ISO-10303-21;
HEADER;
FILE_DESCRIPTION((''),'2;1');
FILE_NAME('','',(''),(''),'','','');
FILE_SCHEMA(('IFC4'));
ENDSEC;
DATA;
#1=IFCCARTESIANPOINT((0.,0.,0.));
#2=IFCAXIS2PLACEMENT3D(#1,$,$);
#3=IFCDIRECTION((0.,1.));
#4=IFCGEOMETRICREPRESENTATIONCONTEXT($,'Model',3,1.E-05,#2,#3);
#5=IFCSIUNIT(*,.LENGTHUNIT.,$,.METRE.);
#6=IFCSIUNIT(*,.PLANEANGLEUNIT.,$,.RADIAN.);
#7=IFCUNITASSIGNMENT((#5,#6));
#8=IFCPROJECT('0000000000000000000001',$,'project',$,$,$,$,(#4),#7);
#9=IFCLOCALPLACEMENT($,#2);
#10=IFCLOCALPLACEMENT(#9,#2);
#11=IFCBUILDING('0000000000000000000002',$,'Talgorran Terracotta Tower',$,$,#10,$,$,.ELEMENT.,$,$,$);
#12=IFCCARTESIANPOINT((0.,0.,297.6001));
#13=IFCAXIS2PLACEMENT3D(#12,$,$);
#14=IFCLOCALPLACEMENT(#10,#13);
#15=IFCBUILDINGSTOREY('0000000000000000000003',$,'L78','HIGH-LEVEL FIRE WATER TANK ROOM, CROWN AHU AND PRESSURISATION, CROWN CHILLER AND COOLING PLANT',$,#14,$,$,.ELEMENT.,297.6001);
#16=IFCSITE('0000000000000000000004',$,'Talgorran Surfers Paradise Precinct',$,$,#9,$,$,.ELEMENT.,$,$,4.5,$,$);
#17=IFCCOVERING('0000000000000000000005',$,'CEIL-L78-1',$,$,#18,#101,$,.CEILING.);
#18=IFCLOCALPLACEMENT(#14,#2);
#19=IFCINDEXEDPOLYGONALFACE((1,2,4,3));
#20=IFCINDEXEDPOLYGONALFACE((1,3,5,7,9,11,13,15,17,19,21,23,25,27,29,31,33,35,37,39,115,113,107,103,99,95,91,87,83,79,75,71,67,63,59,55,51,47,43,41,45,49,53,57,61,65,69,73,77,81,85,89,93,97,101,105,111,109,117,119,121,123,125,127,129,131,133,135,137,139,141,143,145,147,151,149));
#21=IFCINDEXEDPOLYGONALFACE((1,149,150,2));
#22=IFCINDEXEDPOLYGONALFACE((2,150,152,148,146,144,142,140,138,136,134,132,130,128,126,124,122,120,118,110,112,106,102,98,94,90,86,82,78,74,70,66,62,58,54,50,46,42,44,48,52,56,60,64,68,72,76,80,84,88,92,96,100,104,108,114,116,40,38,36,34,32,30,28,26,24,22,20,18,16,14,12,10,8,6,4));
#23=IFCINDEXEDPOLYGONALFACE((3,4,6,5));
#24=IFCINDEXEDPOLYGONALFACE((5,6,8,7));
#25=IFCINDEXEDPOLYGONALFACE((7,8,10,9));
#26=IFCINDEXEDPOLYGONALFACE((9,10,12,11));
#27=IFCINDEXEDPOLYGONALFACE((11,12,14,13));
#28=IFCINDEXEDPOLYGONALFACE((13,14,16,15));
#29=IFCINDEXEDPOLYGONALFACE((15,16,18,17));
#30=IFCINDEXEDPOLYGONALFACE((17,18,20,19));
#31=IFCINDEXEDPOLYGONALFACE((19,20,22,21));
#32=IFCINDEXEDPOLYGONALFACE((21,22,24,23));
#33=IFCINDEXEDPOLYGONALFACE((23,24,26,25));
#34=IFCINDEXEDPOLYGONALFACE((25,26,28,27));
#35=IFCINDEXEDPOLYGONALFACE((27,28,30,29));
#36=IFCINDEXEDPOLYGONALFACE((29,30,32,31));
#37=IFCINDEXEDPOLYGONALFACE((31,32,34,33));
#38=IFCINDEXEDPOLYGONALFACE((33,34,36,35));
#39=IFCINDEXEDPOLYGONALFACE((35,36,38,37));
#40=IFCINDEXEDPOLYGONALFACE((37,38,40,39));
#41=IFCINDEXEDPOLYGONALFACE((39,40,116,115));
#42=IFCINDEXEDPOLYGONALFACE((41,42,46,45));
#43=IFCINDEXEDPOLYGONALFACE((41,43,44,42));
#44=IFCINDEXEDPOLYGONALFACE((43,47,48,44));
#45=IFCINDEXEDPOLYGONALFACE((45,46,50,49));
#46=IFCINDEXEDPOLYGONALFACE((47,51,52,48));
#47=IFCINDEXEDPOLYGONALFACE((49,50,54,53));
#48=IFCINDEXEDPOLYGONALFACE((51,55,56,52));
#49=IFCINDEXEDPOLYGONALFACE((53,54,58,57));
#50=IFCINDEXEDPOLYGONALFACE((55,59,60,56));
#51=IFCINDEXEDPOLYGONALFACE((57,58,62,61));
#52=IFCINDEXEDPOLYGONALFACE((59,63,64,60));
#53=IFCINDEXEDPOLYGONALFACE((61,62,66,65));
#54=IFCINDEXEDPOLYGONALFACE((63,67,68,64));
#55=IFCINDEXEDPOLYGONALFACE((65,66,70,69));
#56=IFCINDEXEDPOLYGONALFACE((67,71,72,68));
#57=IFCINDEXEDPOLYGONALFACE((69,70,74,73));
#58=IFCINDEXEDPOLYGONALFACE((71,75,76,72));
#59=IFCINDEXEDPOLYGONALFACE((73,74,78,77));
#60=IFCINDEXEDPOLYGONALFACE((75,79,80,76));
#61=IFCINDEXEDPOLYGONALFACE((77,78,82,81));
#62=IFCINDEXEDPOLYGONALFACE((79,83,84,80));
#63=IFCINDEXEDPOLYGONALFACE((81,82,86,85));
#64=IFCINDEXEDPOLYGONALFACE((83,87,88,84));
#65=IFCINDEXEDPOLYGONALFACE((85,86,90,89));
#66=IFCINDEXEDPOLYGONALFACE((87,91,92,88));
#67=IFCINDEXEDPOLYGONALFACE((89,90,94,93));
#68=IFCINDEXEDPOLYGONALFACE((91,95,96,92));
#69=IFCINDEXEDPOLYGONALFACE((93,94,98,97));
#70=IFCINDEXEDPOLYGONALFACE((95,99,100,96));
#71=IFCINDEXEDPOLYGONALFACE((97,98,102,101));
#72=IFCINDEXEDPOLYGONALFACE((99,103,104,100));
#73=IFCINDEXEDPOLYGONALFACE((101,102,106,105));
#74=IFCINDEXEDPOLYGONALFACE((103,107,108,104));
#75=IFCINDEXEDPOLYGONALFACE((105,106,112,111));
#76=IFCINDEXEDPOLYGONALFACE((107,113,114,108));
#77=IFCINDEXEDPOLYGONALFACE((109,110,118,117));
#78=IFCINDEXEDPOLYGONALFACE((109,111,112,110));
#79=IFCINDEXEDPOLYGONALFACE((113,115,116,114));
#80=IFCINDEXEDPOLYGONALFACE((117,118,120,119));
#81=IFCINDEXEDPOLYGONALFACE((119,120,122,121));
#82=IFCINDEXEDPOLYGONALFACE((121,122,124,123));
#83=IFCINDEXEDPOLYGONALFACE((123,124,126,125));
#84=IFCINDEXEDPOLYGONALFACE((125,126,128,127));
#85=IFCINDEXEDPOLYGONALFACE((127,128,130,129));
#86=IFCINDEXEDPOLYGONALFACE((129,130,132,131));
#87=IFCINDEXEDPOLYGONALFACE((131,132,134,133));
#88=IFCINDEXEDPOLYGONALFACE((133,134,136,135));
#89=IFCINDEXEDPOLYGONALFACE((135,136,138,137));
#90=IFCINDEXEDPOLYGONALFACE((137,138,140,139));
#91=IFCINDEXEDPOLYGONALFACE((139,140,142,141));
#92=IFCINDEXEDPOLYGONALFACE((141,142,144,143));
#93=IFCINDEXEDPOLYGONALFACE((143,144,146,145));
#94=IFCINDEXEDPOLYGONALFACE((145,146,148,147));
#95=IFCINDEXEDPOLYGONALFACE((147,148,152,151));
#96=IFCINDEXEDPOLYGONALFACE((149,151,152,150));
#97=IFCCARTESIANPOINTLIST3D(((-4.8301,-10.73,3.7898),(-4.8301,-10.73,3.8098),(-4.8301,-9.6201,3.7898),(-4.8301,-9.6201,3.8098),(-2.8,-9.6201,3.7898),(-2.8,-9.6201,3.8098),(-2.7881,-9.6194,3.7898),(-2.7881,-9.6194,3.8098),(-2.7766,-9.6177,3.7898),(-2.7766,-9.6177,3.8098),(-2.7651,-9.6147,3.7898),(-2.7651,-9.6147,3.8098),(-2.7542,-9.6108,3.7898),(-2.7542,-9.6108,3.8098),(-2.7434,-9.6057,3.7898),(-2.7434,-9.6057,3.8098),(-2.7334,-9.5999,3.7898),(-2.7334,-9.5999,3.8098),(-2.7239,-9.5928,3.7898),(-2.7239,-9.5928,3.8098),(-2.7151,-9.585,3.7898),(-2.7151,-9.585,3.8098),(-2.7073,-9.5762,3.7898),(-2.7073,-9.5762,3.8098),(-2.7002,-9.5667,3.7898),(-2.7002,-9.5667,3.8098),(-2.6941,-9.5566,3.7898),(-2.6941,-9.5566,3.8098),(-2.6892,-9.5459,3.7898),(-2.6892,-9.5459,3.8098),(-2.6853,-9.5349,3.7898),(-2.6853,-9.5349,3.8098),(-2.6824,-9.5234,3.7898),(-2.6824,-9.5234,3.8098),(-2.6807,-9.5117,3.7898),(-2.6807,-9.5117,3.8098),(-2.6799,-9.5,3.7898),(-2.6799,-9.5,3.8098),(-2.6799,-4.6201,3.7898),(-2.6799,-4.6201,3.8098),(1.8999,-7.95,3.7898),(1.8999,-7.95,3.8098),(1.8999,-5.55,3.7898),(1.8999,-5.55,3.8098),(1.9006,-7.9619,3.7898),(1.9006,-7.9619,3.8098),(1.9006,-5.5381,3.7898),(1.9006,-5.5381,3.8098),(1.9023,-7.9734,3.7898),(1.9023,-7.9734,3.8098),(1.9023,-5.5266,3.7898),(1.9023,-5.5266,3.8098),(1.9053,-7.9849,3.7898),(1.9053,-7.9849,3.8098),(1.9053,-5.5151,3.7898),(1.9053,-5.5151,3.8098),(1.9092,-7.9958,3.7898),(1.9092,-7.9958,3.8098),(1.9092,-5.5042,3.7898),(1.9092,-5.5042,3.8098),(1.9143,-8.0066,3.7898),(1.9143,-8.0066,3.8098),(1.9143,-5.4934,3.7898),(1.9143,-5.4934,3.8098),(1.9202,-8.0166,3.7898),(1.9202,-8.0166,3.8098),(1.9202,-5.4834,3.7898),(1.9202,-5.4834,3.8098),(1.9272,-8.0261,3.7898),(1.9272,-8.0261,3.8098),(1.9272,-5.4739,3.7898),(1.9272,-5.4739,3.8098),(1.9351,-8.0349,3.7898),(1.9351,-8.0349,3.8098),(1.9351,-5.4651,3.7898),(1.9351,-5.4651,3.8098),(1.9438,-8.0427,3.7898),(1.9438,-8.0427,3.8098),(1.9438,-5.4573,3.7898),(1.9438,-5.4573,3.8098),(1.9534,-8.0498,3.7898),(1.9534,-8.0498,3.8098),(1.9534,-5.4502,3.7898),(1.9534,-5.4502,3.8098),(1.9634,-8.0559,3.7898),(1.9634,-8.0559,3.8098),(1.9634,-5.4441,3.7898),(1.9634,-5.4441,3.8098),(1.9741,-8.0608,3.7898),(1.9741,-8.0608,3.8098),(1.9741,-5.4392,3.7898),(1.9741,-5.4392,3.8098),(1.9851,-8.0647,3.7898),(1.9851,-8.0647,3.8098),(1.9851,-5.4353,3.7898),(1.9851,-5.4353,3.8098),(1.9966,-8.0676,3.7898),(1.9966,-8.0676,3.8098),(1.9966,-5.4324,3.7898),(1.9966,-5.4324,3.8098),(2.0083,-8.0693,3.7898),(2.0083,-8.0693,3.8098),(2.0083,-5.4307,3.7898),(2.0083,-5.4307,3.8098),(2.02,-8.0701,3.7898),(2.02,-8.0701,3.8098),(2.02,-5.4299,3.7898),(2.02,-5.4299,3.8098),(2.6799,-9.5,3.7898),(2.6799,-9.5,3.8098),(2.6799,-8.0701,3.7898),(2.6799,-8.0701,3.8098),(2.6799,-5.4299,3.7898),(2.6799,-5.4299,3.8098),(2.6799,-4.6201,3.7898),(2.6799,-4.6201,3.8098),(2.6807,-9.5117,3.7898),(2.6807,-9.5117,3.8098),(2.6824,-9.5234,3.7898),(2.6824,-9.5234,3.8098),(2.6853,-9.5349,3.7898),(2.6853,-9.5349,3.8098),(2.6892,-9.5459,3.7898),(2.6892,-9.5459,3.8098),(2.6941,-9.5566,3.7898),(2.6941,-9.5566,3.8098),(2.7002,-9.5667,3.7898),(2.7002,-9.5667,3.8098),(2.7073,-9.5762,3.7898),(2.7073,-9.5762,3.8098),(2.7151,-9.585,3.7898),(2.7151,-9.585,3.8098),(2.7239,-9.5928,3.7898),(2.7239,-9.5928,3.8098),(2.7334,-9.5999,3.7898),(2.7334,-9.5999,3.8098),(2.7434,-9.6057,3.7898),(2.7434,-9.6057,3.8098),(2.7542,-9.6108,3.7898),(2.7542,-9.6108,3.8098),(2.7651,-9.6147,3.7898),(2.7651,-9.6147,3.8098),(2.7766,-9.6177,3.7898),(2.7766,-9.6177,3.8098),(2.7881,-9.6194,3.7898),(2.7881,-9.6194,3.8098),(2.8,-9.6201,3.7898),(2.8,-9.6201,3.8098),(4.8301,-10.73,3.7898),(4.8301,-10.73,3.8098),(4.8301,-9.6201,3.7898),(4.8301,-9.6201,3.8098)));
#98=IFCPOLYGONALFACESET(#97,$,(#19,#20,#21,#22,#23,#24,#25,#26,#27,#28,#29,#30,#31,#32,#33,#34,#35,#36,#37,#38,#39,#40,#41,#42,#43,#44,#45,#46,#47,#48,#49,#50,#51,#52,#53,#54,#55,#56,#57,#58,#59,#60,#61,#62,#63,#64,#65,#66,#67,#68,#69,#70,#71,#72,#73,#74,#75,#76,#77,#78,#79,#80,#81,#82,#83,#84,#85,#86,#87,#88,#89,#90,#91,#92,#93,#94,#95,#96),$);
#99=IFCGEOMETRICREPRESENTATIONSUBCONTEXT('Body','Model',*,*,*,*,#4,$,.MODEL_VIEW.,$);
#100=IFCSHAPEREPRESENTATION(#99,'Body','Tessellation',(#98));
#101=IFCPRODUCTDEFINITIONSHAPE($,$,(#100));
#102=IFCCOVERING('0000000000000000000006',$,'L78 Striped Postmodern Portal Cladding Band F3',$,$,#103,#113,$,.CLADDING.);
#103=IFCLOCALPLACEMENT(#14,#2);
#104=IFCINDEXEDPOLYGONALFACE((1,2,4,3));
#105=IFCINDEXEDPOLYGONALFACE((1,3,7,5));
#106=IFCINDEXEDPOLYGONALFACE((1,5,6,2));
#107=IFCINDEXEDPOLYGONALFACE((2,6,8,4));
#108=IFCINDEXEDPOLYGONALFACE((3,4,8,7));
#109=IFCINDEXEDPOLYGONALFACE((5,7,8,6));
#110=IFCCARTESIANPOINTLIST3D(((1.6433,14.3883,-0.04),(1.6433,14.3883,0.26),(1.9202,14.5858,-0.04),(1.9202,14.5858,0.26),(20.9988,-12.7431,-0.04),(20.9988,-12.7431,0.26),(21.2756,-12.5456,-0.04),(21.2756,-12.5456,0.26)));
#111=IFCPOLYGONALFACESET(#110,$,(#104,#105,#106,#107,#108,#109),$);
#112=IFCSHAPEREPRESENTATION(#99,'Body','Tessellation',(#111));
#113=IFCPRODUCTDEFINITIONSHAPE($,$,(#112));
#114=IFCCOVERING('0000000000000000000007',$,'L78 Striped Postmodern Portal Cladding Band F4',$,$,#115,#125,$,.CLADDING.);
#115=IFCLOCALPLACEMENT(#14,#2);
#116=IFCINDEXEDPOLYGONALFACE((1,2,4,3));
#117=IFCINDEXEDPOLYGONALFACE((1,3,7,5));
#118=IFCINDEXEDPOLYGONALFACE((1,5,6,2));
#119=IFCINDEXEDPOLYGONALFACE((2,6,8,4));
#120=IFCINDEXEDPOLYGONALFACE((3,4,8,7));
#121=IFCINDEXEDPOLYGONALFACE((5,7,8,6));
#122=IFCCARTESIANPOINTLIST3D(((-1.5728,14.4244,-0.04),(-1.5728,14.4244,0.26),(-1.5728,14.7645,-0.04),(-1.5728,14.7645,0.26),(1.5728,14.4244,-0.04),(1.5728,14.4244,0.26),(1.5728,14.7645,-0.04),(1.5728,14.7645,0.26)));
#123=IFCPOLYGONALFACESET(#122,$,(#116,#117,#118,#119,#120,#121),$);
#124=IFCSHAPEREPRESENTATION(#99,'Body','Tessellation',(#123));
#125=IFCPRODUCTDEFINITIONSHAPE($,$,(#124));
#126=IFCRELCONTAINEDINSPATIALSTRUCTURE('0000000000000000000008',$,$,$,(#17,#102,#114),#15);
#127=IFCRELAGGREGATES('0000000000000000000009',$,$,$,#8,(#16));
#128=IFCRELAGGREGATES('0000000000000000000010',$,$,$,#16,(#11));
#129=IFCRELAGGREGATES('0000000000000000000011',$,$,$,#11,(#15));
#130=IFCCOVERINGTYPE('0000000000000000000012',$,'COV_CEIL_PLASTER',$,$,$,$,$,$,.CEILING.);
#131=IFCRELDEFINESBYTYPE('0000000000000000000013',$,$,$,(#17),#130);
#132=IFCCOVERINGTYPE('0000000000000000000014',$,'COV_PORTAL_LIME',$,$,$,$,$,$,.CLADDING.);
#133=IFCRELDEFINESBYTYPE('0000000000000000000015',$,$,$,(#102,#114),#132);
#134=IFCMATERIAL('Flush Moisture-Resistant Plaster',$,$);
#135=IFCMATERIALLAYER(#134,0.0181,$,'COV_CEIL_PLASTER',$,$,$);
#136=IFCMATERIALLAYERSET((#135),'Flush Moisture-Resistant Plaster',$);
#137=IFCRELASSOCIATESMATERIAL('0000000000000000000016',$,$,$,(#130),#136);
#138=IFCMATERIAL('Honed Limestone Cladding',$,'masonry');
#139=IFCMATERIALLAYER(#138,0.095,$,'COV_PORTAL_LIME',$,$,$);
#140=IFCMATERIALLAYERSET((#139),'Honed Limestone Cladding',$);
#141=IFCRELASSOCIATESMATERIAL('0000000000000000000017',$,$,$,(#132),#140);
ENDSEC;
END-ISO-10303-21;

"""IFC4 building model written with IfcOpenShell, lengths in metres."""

from ifc_helpers import new_model, si_unit, direction, frame, origin, origin_2d, place, context, subcontext, project, spatial, polyline, rectangle, outline, extrude, material, layer, layer_set, type_object, element, save


model = new_model("IFC4")

# Units and contexts
model_context = context("Model", 3, precision=1e-05, world=origin(), true_north=direction((0.0, 1.0)))
body_context = subcontext(model_context, "Body", "Model", "MODEL_VIEW")
ifc_project = project(units=[si_unit("LENGTHUNIT", "METRE"), si_unit("PLANEANGLEUNIT", "RADIAN")], contexts=[model_context])

# Site, building, storey
site_placement = place(None, origin())
site = spatial("IfcSite", under=ifc_project, at=site_placement, Name="Talgorran Surfers Paradise Precinct", CompositionType="ELEMENT", RefElevation=4.5)
building_placement = place(site_placement, origin())
building = spatial("IfcBuilding", under=site, at=building_placement, Name="Talgorran Terracotta Tower", CompositionType="ELEMENT")
storey_placement = place(building_placement, frame((0.0, 0.0, 297.6001)))
storey = spatial("IfcBuildingStorey", under=building, at=storey_placement, Name="L78", Description="HIGH-LEVEL FIRE WATER TANK ROOM, CROWN AHU AND PRESSURISATION, CROWN CHILLER AND COOLING PLANT", CompositionType="ELEMENT", Elevation=297.6001)

# Coverings
ifc_material_1 = material(Name="Flush Moisture-Resistant Plaster")
ifc_layer_1 = layer(ifc_material_1, 0.0181, Name="COV_CEIL_PLASTER")
ifc_layer_set_1 = layer_set([ifc_layer_1], Name="Flush Moisture-Resistant Plaster")
covering_type_1 = type_object("IfcCoveringType", Name="COV_CEIL_PLASTER", PredefinedType="CEILING", material=ifc_layer_set_1)
covering_1_placement = place(storey_placement, frame((0.0, 0.0, 3.7898)))
element("IfcCovering", 1, at=covering_1_placement, inside=storey, type_object=covering_type_1, Name="CEIL-L78-1", PredefinedType="CEILING", context=body_context, shape_type="SweptSolid", body=[
    extrude(outline(polyline([(4.8301, -9.6201), (4.8301, -10.73), (-4.8301, -10.73), (-4.8301, -9.6201), (-2.8, -9.6201), (-2.7881, -9.6194), (-2.7766, -9.6177), (-2.7651, -9.6147), (-2.7542, -9.6108), (-2.7434, -9.6057), (-2.7334, -9.5999), (-2.7239, -9.5928), (-2.7151, -9.585), (-2.7073, -9.5762), (-2.7002, -9.5667), (-2.6941, -9.5566), (-2.6892, -9.5459), (-2.6853, -9.5349), (-2.6824, -9.5234), (-2.6807, -9.5117), (-2.6799, -9.5), (-2.6799, -4.6201), (2.6799, -4.6201), (2.6799, -5.4299), (2.02, -5.4299), (2.0083, -5.4307), (1.9966, -5.4324), (1.9851, -5.4353), (1.9741, -5.4392), (1.9634, -5.4441), (1.9534, -5.4502), (1.9438, -5.4573), (1.9351, -5.4651), (1.9272, -5.4739), (1.9202, -5.4834), (1.9143, -5.4934), (1.9092, -5.5042), (1.9053, -5.5151), (1.9023, -5.5266), (1.9006, -5.5381), (1.8999, -5.55), (1.8999, -7.95), (1.9006, -7.9619), (1.9023, -7.9734), (1.9053, -7.9849), (1.9092, -7.9958), (1.9143, -8.0066), (1.9202, -8.0166), (1.9272, -8.0261), (1.9351, -8.0349), (1.9438, -8.0427), (1.9534, -8.0498), (1.9634, -8.0559), (1.9741, -8.0608), (1.9851, -8.0647), (1.9966, -8.0676), (2.0083, -8.0693), (2.02, -8.0701), (2.6799, -8.0701), (2.6799, -9.5), (2.6807, -9.5117), (2.6824, -9.5234), (2.6853, -9.5349), (2.6892, -9.5459), (2.6941, -9.5566), (2.7002, -9.5667), (2.7073, -9.5762), (2.7151, -9.585), (2.7239, -9.5928), (2.7334, -9.5999), (2.7434, -9.6057), (2.7542, -9.6108), (2.7651, -9.6147), (2.7766, -9.6177), (2.7881, -9.6194), (2.8, -9.6201), (4.8301, -9.6201)])), origin(), (0.0, 0.0, 1.0), 0.02),
])
ifc_material_2 = material(Name="Honed Limestone Cladding", Category="masonry")
ifc_layer_2 = layer(ifc_material_2, 0.095, Name="COV_PORTAL_LIME")
ifc_layer_set_2 = layer_set([ifc_layer_2], Name="Honed Limestone Cladding")
covering_type_2 = type_object("IfcCoveringType", Name="COV_PORTAL_LIME", PredefinedType="CLADDING", material=ifc_layer_set_2)
covering_2_placement = place(storey_placement, frame((11.4595, 0.9214, -0.04), z_axis=(0.0, 0.0, 1.0), x_axis=(-0.58076, 0.814075, 0.0)))
element("IfcCovering", 2, at=covering_2_placement, inside=storey, type_object=covering_type_2, Name="L78 Striped Postmodern Portal Cladding Band F3", PredefinedType="CLADDING", context=body_context, shape_type="SweptSolid", body=[
    extrude(rectangle(XDim=33.3279, YDim=0.3401, at=origin_2d()), origin(), (0.0, 0.0, 1.0), 0.3),
])
covering_3_placement = place(storey_placement, frame((0.0, 14.5945, -0.04), z_axis=(0.0, 0.0, 1.0), x_axis=(-1.0, 0.0, 0.0)))
element("IfcCovering", 3, at=covering_3_placement, inside=storey, type_object=covering_type_2, Name="L78 Striped Postmodern Portal Cladding Band F4", PredefinedType="CLADDING", context=body_context, shape_type="SweptSolid", body=[
    extrude(rectangle(XDim=3.1455, YDim=0.3401, at=origin_2d()), origin(), (0.0, 0.0, 1.0), 0.3),
])

save(model, "model.ifc")
